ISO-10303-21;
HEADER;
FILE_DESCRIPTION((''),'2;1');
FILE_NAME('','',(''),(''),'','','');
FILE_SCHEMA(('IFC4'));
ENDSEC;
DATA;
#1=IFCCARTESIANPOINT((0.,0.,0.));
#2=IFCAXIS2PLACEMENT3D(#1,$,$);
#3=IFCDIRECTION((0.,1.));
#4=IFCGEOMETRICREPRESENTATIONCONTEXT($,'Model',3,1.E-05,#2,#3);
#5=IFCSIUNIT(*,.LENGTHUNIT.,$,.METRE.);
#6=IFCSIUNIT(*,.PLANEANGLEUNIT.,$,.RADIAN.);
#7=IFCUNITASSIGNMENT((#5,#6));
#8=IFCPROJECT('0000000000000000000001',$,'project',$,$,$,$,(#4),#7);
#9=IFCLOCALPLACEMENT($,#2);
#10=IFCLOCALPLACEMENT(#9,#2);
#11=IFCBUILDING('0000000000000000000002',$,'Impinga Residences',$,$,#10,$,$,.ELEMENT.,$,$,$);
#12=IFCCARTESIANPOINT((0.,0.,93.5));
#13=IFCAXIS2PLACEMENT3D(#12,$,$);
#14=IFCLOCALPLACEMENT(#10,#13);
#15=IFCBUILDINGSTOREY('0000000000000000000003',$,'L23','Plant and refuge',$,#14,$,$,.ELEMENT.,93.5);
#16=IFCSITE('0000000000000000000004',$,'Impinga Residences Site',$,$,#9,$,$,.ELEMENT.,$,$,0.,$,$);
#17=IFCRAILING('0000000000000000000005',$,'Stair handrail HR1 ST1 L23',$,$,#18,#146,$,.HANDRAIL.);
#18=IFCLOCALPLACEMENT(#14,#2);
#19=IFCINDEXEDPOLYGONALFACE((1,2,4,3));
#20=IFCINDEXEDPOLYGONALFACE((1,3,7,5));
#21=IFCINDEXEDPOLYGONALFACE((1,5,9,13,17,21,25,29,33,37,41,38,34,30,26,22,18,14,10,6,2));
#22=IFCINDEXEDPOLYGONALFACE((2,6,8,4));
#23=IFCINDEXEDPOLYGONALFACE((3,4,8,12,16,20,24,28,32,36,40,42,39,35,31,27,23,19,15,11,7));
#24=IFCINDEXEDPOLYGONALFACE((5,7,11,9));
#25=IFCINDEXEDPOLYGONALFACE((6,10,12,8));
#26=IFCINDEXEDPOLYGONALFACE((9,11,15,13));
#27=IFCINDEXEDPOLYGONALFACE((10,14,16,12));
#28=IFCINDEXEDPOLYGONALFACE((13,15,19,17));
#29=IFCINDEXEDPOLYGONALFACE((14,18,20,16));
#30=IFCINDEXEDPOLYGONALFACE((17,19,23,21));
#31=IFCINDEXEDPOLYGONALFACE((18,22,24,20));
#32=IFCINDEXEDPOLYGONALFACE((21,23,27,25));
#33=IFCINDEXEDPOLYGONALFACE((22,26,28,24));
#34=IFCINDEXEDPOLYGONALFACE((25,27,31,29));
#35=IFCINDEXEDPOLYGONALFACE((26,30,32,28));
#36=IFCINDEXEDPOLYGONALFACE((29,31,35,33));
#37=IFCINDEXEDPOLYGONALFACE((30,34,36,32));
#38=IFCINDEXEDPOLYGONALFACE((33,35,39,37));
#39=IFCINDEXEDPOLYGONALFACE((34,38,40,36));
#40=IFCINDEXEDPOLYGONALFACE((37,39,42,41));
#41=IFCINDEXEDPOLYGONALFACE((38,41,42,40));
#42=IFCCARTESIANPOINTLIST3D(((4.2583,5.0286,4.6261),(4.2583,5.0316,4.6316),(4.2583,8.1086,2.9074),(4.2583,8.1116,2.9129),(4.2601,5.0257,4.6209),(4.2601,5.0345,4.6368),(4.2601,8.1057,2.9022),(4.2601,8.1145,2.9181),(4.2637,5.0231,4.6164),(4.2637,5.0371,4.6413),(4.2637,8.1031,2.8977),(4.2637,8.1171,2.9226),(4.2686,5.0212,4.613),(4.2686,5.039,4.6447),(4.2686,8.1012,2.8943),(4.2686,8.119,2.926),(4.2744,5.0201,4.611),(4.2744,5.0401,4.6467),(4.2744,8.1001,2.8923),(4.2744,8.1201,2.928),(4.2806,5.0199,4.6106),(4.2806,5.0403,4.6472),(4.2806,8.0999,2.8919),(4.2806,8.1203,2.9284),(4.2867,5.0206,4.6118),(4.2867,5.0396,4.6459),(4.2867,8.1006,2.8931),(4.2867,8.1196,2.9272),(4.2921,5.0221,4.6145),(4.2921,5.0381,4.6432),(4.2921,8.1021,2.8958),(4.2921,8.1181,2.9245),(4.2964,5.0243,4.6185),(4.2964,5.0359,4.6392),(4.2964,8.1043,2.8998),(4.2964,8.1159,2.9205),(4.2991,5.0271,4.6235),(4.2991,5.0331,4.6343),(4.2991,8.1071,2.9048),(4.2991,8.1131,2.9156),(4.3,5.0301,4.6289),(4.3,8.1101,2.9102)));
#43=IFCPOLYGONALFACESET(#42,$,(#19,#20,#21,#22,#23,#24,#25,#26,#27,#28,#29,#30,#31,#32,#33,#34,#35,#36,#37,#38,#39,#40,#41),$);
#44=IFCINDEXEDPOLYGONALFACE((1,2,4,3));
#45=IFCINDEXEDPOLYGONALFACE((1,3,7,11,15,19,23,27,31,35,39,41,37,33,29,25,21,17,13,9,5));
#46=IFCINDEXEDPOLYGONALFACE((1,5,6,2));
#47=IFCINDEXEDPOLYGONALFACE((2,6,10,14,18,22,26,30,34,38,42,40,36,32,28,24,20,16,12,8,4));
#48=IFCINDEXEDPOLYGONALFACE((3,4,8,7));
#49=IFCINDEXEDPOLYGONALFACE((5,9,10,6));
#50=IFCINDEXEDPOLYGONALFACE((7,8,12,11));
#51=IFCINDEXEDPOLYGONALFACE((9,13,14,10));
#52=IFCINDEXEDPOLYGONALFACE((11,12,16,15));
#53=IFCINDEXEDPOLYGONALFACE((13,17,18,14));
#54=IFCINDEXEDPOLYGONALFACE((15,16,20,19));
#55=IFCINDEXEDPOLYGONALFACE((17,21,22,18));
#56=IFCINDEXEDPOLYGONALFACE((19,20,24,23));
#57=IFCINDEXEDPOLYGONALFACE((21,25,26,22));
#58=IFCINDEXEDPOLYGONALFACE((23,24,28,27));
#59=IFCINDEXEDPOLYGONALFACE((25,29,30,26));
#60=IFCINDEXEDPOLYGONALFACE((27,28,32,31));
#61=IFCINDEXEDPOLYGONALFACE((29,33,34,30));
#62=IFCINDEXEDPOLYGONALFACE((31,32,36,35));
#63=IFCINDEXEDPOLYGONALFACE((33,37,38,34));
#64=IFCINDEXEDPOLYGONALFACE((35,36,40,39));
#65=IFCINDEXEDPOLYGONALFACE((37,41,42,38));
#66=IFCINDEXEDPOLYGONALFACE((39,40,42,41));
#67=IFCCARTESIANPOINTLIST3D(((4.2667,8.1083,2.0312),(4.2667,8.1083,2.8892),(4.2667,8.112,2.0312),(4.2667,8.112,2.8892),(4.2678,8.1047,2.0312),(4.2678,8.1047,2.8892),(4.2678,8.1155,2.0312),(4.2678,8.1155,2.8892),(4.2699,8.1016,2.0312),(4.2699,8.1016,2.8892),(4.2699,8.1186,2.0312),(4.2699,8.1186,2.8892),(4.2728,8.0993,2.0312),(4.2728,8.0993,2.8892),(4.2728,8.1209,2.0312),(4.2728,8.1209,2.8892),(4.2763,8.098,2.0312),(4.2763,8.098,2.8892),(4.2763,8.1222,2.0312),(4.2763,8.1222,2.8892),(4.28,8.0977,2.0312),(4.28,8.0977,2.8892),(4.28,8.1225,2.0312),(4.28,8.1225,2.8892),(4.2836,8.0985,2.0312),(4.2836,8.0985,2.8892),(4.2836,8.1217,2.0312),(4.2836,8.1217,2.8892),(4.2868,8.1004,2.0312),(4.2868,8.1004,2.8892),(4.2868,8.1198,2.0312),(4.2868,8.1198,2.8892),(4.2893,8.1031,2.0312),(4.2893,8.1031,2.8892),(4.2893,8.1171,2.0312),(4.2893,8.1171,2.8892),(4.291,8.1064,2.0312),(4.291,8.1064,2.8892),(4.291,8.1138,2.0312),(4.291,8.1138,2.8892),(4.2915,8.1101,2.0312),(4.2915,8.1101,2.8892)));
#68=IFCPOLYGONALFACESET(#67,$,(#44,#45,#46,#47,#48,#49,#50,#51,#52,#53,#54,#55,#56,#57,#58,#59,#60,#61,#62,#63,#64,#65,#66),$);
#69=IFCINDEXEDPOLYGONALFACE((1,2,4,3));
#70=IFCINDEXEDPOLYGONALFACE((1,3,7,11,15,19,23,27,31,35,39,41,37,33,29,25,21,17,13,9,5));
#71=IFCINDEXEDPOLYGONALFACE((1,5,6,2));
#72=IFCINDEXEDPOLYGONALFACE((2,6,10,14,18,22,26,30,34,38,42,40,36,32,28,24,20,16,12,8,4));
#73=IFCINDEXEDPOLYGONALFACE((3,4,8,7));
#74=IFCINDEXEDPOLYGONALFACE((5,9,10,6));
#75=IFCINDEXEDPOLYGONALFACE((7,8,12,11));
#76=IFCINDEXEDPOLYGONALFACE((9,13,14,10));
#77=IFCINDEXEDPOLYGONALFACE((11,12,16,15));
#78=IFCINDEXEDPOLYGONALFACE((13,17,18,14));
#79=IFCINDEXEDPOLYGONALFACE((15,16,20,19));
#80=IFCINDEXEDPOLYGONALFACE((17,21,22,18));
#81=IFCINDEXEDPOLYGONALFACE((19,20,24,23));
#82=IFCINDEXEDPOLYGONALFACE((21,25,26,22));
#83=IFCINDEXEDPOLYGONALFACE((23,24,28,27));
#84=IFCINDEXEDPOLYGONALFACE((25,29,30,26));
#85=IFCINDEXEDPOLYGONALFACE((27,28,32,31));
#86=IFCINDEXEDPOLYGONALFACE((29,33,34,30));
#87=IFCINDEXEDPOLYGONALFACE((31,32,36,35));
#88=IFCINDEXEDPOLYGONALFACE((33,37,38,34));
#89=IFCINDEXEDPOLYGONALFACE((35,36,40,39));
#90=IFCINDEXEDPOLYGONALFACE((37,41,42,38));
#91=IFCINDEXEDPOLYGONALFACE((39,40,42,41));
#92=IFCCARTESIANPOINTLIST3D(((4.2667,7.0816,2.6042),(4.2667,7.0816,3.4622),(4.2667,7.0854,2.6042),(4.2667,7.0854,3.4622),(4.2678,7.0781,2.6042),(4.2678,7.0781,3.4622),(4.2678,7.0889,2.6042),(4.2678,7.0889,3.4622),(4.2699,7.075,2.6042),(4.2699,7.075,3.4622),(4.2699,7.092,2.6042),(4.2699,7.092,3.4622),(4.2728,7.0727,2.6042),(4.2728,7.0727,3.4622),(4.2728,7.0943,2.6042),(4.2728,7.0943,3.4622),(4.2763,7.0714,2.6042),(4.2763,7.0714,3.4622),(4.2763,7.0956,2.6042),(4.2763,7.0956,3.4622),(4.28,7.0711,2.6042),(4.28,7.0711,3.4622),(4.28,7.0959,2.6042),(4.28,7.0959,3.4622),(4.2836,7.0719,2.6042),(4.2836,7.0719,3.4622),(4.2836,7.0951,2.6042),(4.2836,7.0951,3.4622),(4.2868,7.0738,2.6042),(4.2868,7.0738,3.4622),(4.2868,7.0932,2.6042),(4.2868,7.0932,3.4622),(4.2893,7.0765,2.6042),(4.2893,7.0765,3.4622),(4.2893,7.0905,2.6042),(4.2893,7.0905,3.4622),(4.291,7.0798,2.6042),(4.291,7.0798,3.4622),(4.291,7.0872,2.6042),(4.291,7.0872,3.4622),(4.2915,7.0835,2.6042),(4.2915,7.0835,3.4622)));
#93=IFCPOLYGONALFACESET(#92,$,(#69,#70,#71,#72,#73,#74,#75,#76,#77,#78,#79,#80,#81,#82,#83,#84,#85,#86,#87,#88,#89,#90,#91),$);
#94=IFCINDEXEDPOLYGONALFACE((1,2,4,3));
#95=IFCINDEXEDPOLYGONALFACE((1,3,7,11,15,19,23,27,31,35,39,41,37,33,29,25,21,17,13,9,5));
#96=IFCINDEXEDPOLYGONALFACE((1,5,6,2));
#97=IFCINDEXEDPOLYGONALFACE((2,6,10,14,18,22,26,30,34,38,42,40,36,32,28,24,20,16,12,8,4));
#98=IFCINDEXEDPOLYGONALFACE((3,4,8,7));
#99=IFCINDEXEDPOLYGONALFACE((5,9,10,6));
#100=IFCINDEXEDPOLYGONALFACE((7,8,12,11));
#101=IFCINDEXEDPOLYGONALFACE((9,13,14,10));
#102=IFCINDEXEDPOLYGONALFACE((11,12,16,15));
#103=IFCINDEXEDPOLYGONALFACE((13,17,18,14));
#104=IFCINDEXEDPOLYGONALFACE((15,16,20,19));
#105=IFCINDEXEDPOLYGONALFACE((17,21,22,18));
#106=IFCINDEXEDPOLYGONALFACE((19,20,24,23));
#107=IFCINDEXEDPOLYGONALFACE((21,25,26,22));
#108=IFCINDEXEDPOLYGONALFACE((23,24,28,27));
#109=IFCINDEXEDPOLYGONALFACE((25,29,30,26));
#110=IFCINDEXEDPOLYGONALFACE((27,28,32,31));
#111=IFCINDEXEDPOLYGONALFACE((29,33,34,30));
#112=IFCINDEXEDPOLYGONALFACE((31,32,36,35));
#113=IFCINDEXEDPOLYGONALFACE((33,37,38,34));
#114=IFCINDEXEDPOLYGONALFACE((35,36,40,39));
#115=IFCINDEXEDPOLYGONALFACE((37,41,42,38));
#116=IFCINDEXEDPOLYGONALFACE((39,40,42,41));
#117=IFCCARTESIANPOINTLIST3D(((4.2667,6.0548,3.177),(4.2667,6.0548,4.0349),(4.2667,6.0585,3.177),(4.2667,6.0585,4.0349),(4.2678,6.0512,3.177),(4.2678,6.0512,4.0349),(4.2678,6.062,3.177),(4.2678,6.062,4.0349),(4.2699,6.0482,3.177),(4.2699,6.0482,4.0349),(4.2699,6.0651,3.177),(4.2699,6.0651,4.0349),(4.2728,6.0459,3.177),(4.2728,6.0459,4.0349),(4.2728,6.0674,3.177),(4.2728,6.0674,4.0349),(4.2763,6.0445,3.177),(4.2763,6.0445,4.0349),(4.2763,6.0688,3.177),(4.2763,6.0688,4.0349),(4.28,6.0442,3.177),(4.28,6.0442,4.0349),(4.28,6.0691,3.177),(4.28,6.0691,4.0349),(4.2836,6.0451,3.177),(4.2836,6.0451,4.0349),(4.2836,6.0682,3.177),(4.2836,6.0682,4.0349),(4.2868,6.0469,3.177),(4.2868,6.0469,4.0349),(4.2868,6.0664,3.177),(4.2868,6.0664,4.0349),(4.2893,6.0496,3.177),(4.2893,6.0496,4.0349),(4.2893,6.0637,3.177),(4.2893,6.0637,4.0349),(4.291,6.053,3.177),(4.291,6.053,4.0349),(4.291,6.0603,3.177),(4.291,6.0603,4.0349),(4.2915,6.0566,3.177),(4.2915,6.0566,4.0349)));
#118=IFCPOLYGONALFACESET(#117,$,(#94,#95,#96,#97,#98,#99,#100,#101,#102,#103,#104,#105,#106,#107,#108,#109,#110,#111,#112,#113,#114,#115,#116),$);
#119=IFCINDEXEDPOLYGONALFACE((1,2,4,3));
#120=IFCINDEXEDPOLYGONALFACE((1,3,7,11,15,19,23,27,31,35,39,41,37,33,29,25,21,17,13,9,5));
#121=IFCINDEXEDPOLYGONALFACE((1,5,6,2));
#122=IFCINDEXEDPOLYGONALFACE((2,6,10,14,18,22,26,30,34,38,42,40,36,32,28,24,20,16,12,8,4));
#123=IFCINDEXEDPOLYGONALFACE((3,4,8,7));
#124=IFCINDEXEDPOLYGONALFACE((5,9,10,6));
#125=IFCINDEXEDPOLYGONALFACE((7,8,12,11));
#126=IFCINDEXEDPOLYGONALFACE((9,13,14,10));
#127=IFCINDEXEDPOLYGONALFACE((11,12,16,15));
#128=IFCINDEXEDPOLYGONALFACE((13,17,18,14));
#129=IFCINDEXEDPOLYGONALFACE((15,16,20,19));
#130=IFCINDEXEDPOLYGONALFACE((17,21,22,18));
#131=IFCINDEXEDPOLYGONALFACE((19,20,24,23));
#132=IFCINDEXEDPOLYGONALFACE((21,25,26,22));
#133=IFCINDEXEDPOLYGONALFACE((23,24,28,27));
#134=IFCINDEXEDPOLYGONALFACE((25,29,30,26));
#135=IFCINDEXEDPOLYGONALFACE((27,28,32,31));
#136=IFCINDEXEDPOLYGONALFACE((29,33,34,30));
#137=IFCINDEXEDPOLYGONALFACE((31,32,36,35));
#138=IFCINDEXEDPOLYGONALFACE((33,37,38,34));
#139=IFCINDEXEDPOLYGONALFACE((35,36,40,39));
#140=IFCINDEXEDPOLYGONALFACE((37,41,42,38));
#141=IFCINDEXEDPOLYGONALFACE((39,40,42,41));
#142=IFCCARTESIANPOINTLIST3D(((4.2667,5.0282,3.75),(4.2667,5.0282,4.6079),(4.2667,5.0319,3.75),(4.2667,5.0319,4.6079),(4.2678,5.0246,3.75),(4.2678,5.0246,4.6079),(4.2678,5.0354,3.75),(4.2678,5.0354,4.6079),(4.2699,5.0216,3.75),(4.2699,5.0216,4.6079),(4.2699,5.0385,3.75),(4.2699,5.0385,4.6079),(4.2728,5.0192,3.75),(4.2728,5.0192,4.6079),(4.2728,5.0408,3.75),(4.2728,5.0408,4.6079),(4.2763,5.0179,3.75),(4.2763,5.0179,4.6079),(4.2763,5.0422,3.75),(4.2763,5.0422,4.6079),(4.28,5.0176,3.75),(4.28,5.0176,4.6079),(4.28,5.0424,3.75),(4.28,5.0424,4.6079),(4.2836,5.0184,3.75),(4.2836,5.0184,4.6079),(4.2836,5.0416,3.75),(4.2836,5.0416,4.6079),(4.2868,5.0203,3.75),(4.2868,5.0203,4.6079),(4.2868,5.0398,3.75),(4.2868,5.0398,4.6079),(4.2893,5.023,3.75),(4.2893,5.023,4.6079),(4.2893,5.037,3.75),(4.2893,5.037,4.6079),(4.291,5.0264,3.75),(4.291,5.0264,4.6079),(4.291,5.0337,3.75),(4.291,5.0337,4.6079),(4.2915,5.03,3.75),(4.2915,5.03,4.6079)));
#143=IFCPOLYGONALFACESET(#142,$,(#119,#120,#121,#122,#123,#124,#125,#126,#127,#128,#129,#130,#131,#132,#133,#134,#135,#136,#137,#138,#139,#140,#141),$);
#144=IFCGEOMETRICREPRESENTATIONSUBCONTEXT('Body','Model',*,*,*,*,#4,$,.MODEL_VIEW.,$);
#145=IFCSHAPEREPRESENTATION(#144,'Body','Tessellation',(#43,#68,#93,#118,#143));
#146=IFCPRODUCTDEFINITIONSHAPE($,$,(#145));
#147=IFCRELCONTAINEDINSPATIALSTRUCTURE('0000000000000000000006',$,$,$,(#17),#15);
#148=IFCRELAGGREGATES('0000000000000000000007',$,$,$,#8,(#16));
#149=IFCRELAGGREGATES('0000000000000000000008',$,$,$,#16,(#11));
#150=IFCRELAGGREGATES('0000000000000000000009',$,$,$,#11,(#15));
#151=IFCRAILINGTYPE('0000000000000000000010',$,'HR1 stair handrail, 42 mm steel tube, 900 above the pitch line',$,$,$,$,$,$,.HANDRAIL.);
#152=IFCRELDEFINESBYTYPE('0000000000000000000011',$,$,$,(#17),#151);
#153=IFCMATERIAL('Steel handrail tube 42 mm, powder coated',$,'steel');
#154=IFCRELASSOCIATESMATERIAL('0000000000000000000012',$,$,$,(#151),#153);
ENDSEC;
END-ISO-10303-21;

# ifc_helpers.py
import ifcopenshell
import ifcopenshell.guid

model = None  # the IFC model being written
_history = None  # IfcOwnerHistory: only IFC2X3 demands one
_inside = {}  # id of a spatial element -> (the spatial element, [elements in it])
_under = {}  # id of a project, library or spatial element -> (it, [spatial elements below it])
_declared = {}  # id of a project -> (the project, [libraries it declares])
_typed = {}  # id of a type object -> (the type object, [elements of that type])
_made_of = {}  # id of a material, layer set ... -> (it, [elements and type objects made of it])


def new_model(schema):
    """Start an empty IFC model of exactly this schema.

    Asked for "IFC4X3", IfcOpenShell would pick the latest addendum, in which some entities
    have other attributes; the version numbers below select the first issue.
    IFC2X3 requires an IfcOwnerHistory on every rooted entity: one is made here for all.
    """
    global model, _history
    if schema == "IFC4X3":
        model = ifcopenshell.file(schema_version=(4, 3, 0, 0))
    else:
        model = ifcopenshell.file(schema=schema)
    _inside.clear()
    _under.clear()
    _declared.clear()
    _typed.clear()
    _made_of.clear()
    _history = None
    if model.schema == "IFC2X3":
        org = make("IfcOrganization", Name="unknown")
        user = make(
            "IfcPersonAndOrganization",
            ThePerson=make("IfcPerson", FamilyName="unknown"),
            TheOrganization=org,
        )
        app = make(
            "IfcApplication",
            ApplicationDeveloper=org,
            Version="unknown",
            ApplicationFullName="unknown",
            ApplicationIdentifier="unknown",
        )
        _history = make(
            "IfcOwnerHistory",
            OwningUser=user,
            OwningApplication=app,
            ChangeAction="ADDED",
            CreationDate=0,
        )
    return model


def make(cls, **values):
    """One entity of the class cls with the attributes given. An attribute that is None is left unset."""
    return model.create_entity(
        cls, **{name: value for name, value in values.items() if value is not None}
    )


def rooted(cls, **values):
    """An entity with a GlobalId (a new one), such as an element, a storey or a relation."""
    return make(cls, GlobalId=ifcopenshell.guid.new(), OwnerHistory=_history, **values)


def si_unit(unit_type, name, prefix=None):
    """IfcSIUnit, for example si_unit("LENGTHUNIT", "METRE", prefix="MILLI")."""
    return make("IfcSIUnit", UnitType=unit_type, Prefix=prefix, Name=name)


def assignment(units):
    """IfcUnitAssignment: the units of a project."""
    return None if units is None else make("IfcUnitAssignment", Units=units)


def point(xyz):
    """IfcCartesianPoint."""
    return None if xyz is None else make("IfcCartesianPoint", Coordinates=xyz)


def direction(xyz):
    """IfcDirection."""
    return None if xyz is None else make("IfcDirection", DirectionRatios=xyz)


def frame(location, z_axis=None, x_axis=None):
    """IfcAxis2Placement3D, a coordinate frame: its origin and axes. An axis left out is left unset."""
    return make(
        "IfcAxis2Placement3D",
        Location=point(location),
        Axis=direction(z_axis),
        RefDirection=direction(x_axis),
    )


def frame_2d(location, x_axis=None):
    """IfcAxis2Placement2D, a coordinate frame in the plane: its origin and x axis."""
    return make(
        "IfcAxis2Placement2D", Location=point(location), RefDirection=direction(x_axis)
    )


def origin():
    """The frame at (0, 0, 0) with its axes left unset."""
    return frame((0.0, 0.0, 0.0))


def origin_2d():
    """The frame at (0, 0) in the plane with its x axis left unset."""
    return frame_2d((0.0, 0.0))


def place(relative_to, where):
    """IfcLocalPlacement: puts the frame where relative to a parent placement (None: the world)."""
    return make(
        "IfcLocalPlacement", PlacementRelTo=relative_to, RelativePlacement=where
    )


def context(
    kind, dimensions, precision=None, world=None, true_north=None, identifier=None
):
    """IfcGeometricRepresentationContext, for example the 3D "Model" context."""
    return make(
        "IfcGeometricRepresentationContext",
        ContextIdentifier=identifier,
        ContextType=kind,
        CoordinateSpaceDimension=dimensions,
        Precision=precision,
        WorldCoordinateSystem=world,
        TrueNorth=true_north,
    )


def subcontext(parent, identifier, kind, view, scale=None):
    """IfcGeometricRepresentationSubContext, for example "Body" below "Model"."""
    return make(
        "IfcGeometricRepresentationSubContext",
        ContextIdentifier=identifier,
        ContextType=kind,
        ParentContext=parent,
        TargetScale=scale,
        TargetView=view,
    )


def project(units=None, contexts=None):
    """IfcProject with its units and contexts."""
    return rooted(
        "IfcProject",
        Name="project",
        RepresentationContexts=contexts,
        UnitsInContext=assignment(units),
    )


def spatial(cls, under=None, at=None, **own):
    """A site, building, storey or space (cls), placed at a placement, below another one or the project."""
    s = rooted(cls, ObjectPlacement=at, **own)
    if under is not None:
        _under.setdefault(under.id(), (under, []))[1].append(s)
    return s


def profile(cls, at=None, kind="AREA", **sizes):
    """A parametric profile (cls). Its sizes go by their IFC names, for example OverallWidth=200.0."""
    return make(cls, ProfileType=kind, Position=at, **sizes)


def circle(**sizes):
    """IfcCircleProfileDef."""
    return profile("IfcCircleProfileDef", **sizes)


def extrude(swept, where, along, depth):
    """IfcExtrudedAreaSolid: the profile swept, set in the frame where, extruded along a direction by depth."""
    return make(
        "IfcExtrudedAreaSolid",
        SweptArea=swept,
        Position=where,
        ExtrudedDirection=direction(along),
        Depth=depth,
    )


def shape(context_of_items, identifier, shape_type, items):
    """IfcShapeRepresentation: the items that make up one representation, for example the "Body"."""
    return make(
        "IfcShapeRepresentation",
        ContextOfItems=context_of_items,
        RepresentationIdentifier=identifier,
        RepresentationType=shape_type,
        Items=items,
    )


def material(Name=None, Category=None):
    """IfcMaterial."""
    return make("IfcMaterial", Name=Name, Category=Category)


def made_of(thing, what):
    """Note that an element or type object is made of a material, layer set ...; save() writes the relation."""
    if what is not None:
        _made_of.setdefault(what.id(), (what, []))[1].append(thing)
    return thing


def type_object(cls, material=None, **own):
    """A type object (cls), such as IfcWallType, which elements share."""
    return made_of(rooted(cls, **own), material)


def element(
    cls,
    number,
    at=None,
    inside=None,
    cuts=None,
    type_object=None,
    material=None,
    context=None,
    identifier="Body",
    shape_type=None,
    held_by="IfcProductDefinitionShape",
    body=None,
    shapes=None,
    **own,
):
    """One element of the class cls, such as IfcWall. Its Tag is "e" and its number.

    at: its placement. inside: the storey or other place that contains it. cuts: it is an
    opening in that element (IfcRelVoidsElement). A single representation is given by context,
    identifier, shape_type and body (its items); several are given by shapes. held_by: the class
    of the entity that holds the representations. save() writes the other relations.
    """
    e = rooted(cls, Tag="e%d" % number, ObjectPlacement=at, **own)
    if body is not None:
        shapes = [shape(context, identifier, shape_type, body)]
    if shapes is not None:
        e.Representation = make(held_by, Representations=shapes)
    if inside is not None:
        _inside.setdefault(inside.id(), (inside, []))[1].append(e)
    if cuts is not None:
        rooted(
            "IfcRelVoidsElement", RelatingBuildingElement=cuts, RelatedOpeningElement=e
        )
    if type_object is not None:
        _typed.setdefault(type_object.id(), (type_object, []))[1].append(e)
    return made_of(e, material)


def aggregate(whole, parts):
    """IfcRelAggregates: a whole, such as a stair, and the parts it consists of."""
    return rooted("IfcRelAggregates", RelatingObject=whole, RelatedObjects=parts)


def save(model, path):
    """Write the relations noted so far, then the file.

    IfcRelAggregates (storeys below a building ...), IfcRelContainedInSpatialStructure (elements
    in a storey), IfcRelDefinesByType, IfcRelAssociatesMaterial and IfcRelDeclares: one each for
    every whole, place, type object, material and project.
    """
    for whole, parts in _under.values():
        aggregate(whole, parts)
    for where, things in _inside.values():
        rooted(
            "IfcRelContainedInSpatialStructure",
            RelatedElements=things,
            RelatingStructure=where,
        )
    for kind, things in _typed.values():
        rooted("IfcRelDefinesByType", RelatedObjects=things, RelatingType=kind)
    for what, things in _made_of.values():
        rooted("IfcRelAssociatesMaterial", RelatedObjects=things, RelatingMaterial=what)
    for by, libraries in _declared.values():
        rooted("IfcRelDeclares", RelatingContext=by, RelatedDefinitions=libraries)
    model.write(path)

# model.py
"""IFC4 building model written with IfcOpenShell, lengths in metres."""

from ifc_helpers import new_model, si_unit, direction, frame, origin, origin_2d, place, context, subcontext, project, spatial, circle, extrude, material, type_object, element, save


model = new_model("IFC4")

# Units and contexts
model_context = context("Model", 3, precision=1e-05, world=origin(), true_north=direction((0.0, 1.0)))
body_context = subcontext(model_context, "Body", "Model", "MODEL_VIEW")
ifc_project = project(units=[si_unit("LENGTHUNIT", "METRE"), si_unit("PLANEANGLEUNIT", "RADIAN")], contexts=[model_context])

# Site, building, storey
site_placement = place(None, origin())
site = spatial("IfcSite", under=ifc_project, at=site_placement, Name="Impinga Residences Site", CompositionType="ELEMENT", RefElevation=0.0)
building_placement = place(site_placement, origin())
building = spatial("IfcBuilding", under=site, at=building_placement, Name="Impinga Residences", CompositionType="ELEMENT")
storey_placement = place(building_placement, frame((0.0, 0.0, 93.5)))
storey = spatial("IfcBuildingStorey", under=building, at=storey_placement, Name="L23", Description="Plant and refuge", CompositionType="ELEMENT", Elevation=93.5)

# Railing
ifc_material_1 = material(Name="Steel handrail tube 42 mm, powder coated", Category="steel")
railing_type_1 = type_object("IfcRailingType", Name="HR1 stair handrail, 42 mm steel tube, 900 above the pitch line", PredefinedType="HANDRAIL", material=ifc_material_1)
for number, where, name in (
    (1, (4.2791, 8.1101, 2.0312), "Stair handrail HR1 ST1 L23"),
):
    element("IfcRailing", number, at=place(storey_placement, frame(where)), inside=storey, type_object=railing_type_1, Name=name, PredefinedType="HANDRAIL", context=body_context, shape_type="SweptSolid", body=[
        extrude(circle(Radius=0.021, at=origin_2d()), frame((0.0, 0.0, 0.8789), z_axis=(0.0, -0.873242, 0.487288), x_axis=(1.0, 0.0, 0.0)), (0.0, 0.0, 1.0), 3.5271),
        extrude(circle(Radius=0.0125, at=origin_2d()), origin(), (0.0, 0.0, 1.0), 0.8579),
        extrude(circle(Radius=0.0125, at=origin_2d()), frame((0.0, -1.0266, 0.573)), (0.0, 0.0, 1.0), 0.8579),
        extrude(circle(Radius=0.0125, at=origin_2d()), frame((0.0, -2.0535, 1.1458)), (0.0, 0.0, 1.0), 0.8579),
        extrude(circle(Radius=0.0125, at=origin_2d()), frame((0.0, -3.0801, 1.7188)), (0.0, 0.0, 1.0), 0.8579),
    ])

save(model, "model.ifc")
